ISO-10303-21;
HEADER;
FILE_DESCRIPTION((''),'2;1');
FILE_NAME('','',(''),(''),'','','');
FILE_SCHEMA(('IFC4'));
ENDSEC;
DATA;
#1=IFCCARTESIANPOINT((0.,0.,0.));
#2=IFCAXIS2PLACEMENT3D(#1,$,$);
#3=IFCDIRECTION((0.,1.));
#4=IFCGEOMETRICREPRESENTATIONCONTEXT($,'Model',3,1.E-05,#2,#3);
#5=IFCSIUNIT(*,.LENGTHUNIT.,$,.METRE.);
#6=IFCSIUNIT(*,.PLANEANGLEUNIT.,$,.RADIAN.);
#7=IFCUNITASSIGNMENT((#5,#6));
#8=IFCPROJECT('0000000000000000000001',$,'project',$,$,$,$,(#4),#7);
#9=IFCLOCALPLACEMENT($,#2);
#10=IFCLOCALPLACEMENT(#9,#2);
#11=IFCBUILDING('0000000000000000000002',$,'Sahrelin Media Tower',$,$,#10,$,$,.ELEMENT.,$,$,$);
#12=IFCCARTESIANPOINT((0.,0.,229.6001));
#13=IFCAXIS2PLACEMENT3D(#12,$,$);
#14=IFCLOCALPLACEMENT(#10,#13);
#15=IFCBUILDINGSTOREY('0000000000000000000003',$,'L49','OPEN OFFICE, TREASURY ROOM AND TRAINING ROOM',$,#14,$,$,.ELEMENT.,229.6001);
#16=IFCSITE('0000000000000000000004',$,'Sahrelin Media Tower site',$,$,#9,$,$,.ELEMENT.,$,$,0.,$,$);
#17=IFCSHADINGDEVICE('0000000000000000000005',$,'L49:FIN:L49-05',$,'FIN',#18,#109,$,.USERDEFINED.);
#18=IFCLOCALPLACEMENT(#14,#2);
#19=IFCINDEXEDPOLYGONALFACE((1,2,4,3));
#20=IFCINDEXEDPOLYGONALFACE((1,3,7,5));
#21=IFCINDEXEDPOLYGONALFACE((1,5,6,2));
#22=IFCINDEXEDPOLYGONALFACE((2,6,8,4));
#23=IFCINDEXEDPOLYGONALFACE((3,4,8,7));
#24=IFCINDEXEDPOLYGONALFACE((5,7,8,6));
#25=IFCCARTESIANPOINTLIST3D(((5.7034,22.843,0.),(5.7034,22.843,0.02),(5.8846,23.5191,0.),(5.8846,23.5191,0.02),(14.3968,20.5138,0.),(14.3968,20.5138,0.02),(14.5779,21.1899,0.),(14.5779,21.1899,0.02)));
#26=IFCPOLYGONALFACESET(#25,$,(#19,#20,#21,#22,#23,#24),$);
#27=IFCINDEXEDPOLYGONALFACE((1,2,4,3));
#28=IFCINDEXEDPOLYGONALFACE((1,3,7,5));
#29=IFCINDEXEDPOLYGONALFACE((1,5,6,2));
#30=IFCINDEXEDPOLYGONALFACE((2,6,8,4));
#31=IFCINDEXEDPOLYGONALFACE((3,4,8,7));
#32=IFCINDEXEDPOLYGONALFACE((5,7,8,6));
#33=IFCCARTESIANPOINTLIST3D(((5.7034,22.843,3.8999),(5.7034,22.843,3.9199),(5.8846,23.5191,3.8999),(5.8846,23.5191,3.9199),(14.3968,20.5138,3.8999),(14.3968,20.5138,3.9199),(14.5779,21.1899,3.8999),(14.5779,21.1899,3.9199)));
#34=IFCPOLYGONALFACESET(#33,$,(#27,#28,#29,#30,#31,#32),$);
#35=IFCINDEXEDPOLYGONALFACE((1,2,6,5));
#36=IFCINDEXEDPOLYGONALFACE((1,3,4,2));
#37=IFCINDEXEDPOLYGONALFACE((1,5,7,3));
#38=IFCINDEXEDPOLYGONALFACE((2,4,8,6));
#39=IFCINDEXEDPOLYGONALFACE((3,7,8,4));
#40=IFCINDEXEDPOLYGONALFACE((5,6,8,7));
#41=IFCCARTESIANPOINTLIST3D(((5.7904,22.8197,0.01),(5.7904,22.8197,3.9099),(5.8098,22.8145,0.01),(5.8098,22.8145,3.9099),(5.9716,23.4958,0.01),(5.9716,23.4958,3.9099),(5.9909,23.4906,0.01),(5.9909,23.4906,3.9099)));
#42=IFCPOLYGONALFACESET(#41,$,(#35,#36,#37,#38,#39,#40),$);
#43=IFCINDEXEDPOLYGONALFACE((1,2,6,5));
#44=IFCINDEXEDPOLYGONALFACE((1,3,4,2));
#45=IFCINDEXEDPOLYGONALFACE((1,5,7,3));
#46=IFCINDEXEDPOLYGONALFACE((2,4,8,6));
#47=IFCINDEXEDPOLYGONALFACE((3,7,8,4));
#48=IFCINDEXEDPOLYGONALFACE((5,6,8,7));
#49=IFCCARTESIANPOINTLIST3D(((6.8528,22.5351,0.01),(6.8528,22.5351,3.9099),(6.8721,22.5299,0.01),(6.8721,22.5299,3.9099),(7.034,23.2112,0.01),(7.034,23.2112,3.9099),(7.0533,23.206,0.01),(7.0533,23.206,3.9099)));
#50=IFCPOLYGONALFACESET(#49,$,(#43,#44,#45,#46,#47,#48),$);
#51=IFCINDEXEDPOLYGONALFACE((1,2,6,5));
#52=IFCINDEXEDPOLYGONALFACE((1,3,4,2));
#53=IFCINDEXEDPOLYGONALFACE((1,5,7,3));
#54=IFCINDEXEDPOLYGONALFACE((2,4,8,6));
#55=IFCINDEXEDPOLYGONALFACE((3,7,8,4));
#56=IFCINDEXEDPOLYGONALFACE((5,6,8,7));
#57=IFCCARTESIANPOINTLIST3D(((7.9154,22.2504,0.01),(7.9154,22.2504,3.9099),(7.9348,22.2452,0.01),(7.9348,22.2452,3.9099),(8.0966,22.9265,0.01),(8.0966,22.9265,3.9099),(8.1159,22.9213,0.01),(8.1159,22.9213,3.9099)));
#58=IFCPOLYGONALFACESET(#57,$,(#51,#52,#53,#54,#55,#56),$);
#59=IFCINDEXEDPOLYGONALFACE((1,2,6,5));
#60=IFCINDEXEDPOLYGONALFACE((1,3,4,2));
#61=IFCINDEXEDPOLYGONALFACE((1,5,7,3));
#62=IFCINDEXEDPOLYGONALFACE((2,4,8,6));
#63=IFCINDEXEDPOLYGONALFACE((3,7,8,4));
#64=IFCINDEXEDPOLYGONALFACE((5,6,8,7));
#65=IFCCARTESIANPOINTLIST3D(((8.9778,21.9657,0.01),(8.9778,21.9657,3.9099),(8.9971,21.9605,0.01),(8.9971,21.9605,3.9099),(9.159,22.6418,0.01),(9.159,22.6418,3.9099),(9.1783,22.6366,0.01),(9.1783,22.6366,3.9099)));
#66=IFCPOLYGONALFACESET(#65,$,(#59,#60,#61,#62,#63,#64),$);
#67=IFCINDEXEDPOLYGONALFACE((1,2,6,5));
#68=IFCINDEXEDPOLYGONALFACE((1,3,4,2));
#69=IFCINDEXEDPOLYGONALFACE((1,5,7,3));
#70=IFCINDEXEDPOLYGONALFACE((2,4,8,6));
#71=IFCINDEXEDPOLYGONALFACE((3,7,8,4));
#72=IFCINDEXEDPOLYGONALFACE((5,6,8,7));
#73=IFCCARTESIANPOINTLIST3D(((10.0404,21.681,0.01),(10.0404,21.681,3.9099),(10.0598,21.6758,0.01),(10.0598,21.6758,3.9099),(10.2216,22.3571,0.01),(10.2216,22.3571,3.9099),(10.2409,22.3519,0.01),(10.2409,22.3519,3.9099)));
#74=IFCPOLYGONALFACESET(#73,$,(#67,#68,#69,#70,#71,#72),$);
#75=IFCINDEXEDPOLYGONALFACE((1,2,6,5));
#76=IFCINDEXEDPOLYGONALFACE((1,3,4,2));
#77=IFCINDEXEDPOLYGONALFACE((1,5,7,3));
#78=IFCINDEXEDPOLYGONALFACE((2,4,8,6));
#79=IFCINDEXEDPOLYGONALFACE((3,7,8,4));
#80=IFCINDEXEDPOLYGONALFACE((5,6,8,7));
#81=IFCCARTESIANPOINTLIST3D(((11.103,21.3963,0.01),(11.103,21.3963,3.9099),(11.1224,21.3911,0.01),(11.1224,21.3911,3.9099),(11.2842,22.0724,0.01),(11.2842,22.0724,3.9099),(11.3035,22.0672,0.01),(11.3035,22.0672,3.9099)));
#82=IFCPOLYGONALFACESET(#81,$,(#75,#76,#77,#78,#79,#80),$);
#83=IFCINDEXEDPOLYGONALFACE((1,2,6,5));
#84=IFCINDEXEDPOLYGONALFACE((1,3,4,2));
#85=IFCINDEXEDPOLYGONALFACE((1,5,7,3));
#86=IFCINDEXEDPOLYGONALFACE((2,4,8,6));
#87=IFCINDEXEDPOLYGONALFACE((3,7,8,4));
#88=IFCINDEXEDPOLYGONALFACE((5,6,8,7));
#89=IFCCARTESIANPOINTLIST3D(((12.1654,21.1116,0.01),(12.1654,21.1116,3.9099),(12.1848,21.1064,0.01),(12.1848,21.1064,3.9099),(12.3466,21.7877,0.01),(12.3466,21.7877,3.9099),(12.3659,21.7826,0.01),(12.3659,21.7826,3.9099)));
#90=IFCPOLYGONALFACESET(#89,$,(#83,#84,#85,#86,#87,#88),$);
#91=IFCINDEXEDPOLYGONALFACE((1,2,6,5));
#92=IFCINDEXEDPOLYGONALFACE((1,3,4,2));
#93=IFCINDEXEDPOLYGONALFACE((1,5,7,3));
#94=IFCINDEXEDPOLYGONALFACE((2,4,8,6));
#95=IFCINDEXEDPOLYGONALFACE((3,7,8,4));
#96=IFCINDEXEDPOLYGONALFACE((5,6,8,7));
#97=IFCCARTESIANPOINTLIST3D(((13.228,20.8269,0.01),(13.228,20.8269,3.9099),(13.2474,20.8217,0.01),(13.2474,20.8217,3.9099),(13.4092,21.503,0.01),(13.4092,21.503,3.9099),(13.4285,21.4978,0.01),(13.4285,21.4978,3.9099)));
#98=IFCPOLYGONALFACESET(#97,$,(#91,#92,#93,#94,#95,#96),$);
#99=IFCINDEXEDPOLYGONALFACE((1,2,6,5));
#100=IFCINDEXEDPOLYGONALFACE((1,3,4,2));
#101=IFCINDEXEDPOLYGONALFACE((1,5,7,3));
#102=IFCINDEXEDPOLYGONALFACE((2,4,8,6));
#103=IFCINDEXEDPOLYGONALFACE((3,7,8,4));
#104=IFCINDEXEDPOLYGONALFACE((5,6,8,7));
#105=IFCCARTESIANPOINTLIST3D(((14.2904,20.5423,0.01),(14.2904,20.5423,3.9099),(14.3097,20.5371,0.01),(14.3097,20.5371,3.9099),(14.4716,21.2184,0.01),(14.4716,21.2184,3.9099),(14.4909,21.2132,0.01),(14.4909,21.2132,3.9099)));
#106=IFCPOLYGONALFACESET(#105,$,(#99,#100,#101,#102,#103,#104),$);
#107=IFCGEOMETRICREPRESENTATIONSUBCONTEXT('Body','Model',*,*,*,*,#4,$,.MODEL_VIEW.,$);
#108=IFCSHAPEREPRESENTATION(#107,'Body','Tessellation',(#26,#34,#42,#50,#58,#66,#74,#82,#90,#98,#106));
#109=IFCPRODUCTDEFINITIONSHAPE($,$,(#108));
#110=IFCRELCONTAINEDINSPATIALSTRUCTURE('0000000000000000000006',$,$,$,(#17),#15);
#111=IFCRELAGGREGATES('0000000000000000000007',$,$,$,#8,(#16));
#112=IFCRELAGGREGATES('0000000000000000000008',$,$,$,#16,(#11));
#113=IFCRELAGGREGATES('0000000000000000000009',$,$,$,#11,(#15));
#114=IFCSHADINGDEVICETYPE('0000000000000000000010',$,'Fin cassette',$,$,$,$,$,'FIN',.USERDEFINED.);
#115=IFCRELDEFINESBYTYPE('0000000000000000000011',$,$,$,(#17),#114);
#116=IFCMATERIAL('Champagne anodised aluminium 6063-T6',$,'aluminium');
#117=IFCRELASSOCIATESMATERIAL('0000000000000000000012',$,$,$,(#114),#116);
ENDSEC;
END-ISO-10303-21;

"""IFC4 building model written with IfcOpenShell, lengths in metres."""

from ifc_helpers import new_model, si_unit, direction, frame, origin, origin_2d, place, context, subcontext, project, spatial, rectangle, extrude, material, type_object, element, save


model = new_model("IFC4")

# Units and contexts
model_context = context("Model", 3, precision=1e-05, world=origin(), true_north=direction((0.0, 1.0)))
body_context = subcontext(model_context, "Body", "Model", "MODEL_VIEW")
ifc_project = project(units=[si_unit("LENGTHUNIT", "METRE"), si_unit("PLANEANGLEUNIT", "RADIAN")], contexts=[model_context])

# Site, building, storey
site_placement = place(None, origin())
site = spatial("IfcSite", under=ifc_project, at=site_placement, Name="Sahrelin Media Tower site", CompositionType="ELEMENT", RefElevation=0.0)
building_placement = place(site_placement, origin())
building = spatial("IfcBuilding", under=site, at=building_placement, Name="Sahrelin Media Tower", CompositionType="ELEMENT")
storey_placement = place(building_placement, frame((0.0, 0.0, 229.6001)))
storey = spatial("IfcBuildingStorey", under=building, at=storey_placement, Name="L49", Description="OPEN OFFICE, TREASURY ROOM AND TRAINING ROOM", CompositionType="ELEMENT", Elevation=229.6001)

# Shared definitions
ifc_material_1 = material(Name="Champagne anodised aluminium 6063-T6", Category="aluminium")

# Shading device
shading_device_type_1 = type_object("IfcShadingDeviceType", Name="Fin cassette", ElementType="FIN", PredefinedType="USERDEFINED", material=ifc_material_1)
placement = place(storey_placement, frame((10.032, 21.6108, 0.0), z_axis=(0.0, 0.0, 1.0), x_axis=(0.965929, -0.258808, 0.0)))
element("IfcShadingDevice", 1, at=placement, inside=storey, type_object=shading_device_type_1, Name="L49:FIN:L49-05", ObjectType="FIN", PredefinedType="USERDEFINED", context=body_context, shape_type="SweptSolid", body=[
    extrude(rectangle(XDim=9.0, YDim=0.7, at=origin_2d()), frame((0.0, 0.4199, 0.0)), (0.0, 0.0, 1.0), 0.02),
    extrude(rectangle(XDim=9.0, YDim=0.7, at=origin_2d()), frame((0.0, 0.4199, 3.8999)), (0.0, 0.0, 1.0), 0.02),
    extrude(rectangle(XDim=0.02, YDim=0.7, at=origin_2d()), frame((-4.3999, 0.4199, 0.01), z_axis=(0.0, 0.0, 1.0), x_axis=(1.0, 0.0, 0.0)), (0.0, 0.0, 1.0), 3.8999),
    extrude(rectangle(XDim=0.02, YDim=0.7, at=origin_2d()), frame((-3.3, 0.4199, 0.01), z_axis=(0.0, 0.0, 1.0), x_axis=(1.0, 0.0, 0.0)), (0.0, 0.0, 1.0), 3.8999),
    extrude(rectangle(XDim=0.02, YDim=0.7, at=origin_2d()), frame((-2.2, 0.4199, 0.01), z_axis=(0.0, 0.0, 1.0), x_axis=(1.0, 0.0, 0.0)), (0.0, 0.0, 1.0), 3.8999),
    extrude(rectangle(XDim=0.02, YDim=0.7, at=origin_2d()), frame((-1.1001, 0.4199, 0.01), z_axis=(0.0, 0.0, 1.0), x_axis=(1.0, 0.0, 0.0)), (0.0, 0.0, 1.0), 3.8999),
    extrude(rectangle(XDim=0.02, YDim=0.7, at=origin_2d()), frame((0.0, 0.4199, 0.01), z_axis=(0.0, 0.0, 1.0), x_axis=(1.0, 0.0, 0.0)), (0.0, 0.0, 1.0), 3.8999),
    extrude(rectangle(XDim=0.02, YDim=0.7, at=origin_2d()), frame((1.1001, 0.4199, 0.01), z_axis=(0.0, 0.0, 1.0), x_axis=(1.0, 0.0, 0.0)), (0.0, 0.0, 1.0), 3.8999),
    extrude(rectangle(XDim=0.02, YDim=0.7, at=origin_2d()), frame((2.2, 0.4199, 0.01), z_axis=(0.0, 0.0, 1.0), x_axis=(1.0, 0.0, 0.0)), (0.0, 0.0, 1.0), 3.8999),
    extrude(rectangle(XDim=0.02, YDim=0.7, at=origin_2d()), frame((3.3, 0.4199, 0.01), z_axis=(0.0, 0.0, 1.0), x_axis=(1.0, 0.0, 0.0)), (0.0, 0.0, 1.0), 3.8999),
    extrude(rectangle(XDim=0.02, YDim=0.7, at=origin_2d()), frame((4.3999, 0.4199, 0.01), z_axis=(0.0, 0.0, 1.0), x_axis=(1.0, 0.0, 0.0)), (0.0, 0.0, 1.0), 3.8999),
])

save(model, "model.ifc")
